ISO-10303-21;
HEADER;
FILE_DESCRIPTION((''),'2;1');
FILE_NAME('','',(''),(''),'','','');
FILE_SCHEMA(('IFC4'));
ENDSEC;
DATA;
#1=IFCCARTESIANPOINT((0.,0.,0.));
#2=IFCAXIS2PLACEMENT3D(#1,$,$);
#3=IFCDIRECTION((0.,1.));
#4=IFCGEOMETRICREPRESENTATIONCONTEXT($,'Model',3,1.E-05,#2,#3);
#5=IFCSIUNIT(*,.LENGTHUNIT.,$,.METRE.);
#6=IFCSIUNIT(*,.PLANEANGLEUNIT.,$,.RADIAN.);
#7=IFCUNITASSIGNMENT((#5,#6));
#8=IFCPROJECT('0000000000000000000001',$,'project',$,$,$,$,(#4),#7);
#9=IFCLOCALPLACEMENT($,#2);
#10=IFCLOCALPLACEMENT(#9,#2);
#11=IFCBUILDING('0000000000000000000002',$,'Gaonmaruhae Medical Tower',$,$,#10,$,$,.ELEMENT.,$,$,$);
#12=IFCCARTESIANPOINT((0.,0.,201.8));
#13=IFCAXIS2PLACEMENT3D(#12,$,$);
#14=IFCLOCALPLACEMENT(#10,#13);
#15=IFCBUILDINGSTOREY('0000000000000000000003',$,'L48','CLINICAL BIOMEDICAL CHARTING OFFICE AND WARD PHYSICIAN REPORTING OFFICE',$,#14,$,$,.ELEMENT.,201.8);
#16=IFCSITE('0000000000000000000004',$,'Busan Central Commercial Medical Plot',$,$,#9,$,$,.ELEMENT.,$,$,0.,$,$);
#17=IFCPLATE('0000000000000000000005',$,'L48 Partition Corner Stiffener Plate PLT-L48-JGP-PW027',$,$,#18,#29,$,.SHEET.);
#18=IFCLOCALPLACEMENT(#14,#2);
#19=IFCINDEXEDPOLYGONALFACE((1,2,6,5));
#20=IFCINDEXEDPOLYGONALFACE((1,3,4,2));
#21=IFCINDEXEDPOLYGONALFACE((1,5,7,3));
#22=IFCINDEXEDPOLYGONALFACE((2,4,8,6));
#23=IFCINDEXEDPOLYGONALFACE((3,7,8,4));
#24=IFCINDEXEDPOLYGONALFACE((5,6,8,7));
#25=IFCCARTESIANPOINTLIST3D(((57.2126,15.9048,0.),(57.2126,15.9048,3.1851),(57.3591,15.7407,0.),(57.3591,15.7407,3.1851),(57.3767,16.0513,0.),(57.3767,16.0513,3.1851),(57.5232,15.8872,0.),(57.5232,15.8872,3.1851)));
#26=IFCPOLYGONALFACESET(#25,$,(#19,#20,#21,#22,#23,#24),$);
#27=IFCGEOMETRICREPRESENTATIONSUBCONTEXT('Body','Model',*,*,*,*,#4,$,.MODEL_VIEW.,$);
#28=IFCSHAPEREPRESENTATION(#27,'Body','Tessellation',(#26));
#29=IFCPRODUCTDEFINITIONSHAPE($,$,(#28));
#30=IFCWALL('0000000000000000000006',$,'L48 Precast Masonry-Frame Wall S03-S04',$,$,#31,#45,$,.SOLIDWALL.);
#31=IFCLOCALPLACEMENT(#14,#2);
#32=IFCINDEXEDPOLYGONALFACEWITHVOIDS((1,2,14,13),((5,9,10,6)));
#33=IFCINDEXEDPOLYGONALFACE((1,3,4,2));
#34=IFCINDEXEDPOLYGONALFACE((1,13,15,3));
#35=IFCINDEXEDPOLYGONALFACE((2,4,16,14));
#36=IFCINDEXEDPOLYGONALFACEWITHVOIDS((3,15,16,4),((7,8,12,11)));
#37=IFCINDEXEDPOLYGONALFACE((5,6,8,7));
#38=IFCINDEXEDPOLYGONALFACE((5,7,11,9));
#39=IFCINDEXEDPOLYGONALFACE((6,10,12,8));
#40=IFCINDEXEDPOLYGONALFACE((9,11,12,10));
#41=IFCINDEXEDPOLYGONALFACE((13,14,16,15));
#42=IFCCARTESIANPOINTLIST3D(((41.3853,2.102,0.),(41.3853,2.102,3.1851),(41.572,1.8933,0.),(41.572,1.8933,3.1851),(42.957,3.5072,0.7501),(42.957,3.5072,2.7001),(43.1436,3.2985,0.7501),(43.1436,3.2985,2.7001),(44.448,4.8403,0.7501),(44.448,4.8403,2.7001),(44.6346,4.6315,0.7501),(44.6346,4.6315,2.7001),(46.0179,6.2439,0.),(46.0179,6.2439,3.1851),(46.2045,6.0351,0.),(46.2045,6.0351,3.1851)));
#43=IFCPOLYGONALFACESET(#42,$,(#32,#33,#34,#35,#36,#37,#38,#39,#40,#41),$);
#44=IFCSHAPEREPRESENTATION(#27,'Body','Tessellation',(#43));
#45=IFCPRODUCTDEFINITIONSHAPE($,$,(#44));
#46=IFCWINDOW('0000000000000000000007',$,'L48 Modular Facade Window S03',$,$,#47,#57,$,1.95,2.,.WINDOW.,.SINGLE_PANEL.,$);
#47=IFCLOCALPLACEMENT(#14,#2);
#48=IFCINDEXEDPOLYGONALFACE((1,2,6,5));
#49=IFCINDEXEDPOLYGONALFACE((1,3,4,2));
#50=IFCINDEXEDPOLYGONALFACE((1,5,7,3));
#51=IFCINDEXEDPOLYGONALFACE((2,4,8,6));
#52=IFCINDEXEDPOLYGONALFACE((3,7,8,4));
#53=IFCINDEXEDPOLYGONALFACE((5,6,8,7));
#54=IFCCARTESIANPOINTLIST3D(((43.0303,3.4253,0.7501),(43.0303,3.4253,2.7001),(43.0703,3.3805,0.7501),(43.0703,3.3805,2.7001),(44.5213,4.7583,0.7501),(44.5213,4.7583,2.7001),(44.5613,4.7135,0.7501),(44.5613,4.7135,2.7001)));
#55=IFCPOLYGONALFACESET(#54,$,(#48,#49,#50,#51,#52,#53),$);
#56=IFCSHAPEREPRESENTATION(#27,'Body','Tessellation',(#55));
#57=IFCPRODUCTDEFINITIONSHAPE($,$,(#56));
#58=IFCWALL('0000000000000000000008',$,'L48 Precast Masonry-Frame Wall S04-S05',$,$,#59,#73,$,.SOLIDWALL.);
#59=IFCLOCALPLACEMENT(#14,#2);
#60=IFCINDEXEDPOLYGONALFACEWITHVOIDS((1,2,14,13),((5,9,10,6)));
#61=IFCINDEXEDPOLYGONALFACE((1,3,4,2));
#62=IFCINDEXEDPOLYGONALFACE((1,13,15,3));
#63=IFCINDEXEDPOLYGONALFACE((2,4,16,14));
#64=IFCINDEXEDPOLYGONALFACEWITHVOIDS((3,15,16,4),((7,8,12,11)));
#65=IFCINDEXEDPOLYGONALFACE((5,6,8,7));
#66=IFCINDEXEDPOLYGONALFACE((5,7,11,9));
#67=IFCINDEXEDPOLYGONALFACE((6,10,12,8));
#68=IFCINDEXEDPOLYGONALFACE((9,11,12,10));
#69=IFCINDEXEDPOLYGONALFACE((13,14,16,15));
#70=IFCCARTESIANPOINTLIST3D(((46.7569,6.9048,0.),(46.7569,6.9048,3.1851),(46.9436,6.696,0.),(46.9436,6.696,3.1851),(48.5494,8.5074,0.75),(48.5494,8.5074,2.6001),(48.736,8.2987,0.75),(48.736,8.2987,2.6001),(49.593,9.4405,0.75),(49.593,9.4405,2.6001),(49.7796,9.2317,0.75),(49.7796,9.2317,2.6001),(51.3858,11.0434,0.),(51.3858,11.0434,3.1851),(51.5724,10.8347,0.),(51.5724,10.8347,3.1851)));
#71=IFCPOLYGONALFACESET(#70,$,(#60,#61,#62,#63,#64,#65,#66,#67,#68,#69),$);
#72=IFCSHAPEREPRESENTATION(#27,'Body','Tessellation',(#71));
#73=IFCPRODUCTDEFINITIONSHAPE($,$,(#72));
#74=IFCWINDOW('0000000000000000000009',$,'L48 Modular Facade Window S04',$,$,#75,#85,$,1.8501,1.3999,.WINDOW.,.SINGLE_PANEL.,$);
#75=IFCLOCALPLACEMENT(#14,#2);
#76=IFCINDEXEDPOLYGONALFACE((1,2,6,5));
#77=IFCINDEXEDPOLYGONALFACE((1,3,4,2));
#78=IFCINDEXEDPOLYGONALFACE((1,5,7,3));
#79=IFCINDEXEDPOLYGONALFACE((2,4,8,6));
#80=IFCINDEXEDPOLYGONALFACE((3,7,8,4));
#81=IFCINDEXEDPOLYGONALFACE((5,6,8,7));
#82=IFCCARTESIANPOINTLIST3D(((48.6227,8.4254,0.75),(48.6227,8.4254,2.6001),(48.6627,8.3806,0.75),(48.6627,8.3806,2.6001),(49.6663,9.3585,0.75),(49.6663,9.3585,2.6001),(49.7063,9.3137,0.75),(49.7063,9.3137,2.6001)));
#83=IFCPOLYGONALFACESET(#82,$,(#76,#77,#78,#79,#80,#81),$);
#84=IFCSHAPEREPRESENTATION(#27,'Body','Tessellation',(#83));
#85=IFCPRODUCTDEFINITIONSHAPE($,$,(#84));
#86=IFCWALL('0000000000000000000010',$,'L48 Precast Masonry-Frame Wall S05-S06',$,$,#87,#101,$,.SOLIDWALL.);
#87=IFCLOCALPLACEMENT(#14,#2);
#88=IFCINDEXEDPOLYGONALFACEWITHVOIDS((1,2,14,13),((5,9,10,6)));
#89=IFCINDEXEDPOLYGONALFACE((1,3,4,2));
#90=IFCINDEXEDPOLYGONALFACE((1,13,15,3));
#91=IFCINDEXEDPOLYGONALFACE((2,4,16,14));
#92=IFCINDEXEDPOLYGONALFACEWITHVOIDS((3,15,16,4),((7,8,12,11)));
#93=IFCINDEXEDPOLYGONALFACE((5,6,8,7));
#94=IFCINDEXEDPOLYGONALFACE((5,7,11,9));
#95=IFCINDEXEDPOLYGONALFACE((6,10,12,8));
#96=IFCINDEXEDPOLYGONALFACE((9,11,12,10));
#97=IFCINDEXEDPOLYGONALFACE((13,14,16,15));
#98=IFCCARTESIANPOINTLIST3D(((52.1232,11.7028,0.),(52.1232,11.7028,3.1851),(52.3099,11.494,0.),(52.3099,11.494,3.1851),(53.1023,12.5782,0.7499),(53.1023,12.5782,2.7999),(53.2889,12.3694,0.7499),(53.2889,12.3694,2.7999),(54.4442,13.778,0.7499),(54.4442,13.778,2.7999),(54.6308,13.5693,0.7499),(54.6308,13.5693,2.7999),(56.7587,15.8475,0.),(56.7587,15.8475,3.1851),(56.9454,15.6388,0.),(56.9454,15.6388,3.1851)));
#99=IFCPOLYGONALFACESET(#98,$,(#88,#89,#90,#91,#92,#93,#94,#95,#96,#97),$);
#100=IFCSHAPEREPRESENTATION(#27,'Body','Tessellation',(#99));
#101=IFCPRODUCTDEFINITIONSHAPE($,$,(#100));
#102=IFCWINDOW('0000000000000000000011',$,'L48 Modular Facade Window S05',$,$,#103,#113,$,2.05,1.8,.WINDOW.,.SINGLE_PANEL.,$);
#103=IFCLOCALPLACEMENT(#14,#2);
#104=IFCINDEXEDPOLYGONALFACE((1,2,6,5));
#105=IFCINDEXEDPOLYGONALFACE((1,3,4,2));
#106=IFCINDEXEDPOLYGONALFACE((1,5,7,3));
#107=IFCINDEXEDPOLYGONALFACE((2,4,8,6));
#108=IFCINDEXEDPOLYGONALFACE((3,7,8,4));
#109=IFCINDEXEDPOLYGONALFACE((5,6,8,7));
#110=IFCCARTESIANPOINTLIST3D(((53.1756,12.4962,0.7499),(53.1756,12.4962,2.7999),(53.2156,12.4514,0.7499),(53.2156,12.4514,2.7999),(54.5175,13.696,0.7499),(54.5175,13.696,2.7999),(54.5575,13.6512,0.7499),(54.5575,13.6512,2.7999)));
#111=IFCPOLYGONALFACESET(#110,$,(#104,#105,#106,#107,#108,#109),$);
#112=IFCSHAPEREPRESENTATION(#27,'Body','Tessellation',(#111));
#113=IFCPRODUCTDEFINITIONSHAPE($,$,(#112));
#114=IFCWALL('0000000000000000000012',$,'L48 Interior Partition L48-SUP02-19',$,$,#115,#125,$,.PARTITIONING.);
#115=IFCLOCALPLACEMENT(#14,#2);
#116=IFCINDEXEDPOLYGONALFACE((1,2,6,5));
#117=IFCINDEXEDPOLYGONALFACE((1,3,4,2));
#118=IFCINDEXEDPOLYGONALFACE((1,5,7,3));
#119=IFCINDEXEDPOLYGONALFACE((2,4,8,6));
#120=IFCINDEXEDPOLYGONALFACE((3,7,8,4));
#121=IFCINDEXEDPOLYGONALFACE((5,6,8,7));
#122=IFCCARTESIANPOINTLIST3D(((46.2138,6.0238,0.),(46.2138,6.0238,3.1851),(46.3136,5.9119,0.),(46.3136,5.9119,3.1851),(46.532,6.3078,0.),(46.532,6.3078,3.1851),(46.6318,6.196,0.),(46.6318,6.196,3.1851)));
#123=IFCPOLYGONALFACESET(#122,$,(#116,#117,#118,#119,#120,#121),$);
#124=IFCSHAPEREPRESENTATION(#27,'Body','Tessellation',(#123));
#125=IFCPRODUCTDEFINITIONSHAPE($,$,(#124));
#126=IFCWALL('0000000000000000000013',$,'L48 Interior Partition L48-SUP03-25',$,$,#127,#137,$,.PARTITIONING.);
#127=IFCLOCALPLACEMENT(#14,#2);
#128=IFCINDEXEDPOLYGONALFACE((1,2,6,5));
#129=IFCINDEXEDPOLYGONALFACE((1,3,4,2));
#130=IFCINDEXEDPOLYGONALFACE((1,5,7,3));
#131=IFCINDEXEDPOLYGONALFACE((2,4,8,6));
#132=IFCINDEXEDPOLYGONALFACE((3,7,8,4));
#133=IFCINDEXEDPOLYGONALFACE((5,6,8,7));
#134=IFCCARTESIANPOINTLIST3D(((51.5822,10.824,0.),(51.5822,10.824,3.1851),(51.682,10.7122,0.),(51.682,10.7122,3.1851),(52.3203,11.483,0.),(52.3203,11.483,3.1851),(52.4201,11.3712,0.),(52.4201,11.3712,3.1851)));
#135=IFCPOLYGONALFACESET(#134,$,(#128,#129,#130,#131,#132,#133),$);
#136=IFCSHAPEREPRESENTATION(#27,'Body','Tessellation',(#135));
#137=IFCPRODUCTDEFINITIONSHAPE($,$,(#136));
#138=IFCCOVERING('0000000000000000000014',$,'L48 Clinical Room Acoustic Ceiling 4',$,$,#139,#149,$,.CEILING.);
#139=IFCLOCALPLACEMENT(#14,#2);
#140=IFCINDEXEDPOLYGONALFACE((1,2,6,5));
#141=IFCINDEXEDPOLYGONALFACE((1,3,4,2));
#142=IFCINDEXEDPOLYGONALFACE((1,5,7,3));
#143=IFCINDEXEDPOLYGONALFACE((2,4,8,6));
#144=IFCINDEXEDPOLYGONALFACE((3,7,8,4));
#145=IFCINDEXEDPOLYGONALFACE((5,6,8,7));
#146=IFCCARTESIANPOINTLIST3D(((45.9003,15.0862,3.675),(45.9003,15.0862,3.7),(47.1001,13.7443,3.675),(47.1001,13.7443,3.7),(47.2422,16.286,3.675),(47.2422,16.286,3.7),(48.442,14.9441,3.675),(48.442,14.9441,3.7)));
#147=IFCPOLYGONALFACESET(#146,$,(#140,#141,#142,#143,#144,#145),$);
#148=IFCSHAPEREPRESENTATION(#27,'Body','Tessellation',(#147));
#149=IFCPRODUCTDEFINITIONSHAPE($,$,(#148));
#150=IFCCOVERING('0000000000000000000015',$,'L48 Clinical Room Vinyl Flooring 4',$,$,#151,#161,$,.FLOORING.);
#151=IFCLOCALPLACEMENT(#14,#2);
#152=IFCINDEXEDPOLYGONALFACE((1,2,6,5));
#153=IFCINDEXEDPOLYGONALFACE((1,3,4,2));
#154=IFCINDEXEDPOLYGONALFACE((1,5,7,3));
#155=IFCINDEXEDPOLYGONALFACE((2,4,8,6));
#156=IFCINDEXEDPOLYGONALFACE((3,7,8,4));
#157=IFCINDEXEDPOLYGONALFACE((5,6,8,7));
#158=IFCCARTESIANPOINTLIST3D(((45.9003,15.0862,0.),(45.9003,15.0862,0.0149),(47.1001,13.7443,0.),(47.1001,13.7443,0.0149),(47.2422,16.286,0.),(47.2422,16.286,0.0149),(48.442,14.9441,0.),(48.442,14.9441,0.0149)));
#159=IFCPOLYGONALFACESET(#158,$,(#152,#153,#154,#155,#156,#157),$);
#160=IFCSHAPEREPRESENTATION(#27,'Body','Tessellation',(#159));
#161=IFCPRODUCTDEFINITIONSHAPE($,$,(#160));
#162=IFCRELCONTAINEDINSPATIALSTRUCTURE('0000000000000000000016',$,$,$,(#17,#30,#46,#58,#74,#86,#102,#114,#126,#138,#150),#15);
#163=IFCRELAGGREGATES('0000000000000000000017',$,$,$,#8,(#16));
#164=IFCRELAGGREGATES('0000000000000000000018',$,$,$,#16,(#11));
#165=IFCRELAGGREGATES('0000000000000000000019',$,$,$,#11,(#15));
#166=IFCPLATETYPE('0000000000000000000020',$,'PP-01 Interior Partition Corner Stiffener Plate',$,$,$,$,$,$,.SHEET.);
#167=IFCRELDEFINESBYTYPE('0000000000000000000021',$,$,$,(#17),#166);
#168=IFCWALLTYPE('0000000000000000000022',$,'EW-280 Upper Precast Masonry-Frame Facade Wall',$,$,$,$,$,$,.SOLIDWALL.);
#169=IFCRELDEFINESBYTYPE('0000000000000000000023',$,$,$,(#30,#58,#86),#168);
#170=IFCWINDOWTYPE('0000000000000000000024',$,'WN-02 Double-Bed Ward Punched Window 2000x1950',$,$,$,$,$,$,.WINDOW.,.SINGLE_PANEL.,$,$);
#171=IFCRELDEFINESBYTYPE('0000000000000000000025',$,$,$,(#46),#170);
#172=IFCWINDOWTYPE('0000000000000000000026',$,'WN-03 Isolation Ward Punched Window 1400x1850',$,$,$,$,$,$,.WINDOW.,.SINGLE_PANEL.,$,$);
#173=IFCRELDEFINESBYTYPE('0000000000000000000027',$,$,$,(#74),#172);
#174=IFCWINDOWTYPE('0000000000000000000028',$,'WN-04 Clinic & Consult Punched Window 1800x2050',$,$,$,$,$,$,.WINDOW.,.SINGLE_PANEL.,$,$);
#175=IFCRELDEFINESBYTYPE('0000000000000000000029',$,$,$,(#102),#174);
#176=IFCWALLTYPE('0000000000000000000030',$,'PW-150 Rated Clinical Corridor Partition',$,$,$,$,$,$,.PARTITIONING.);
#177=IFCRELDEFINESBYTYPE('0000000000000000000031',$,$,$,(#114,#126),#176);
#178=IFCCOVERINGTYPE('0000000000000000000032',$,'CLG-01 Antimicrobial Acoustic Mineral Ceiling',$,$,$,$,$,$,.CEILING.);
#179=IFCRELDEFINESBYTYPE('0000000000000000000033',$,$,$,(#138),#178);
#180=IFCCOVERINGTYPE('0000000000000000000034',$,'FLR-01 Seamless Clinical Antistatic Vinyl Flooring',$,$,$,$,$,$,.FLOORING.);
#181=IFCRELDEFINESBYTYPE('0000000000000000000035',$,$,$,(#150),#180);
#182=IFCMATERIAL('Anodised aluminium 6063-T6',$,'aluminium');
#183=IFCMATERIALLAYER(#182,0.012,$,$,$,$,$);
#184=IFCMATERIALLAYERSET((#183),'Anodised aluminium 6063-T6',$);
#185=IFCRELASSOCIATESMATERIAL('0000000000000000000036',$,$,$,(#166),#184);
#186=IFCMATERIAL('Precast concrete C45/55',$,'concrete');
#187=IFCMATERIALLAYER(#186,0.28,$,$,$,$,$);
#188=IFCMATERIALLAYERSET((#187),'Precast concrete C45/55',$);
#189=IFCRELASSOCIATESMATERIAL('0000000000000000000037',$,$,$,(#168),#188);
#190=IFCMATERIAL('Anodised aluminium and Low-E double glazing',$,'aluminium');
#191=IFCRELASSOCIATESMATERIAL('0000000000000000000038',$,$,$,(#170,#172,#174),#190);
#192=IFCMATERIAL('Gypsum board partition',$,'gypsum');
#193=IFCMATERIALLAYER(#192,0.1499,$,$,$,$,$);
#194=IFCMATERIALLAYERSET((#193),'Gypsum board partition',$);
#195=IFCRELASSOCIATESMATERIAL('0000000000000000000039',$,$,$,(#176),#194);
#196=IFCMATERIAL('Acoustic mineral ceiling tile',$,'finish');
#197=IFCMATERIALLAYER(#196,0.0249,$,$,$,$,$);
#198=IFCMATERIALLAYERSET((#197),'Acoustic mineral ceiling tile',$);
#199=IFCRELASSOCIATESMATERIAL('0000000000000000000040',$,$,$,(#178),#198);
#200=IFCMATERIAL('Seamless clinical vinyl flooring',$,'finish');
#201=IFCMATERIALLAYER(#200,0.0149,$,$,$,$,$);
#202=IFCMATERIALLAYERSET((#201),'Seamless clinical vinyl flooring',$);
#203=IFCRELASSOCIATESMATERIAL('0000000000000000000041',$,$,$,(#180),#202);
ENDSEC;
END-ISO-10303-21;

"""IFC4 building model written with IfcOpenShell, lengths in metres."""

from ifc_helpers import new_model, si_unit, direction, frame, frame_2d, origin, origin_2d, place, context, subcontext, project, spatial, rectangle, extrude, material, layer, layer_set, type_object, element, fill, save


model = new_model("IFC4")

# Units and contexts
model_context = context("Model", 3, precision=1e-05, world=origin(), true_north=direction((0.0, 1.0)))
body_context = subcontext(model_context, "Body", "Model", "MODEL_VIEW")
ifc_project = project(units=[si_unit("LENGTHUNIT", "METRE"), si_unit("PLANEANGLEUNIT", "RADIAN")], contexts=[model_context])

# Site, building, storey
site_placement = place(None, origin())
site = spatial("IfcSite", under=ifc_project, at=site_placement, Name="Busan Central Commercial Medical Plot", CompositionType="ELEMENT", RefElevation=0.0)
building_placement = place(site_placement, origin())
building = spatial("IfcBuilding", under=site, at=building_placement, Name="Gaonmaruhae Medical Tower", CompositionType="ELEMENT")
storey_placement = place(building_placement, frame((0.0, 0.0, 201.8)))
storey = spatial("IfcBuildingStorey", under=building, at=storey_placement, Name="L48", Description="CLINICAL BIOMEDICAL CHARTING OFFICE AND WARD PHYSICIAN REPORTING OFFICE", CompositionType="ELEMENT", Elevation=201.8)

# Plate
ifc_material_1 = material(Name="Anodised aluminium 6063-T6", Category="aluminium")
ifc_layer_1 = layer(ifc_material_1, 0.012)
ifc_layer_set_1 = layer_set([ifc_layer_1], Name="Anodised aluminium 6063-T6")
plate_type = type_object("IfcPlateType", Name="PP-01 Interior Partition Corner Stiffener Plate", PredefinedType="SHEET", material=ifc_layer_set_1)
for number, where, z_axis, x_axis, name in (
    (1, (57.3679, 15.896, 0.0), (0.0, 0.0, 1.0), (-0.746046, -0.665895, 0.0), "L48 Partition Corner Stiffener Plate PLT-L48-JGP-PW027"),
):
    element("IfcPlate", number, at=place(storey_placement, frame(where, z_axis=z_axis, x_axis=x_axis)), inside=storey, type_object=plate_type, Name=name, PredefinedType="SHEET", context=body_context, shape_type="SweptSolid", body=[
        extrude(rectangle(XDim=0.22, YDim=0.22, at=origin_2d()), origin(), (0.0, 0.0, 1.0), 3.1851),
    ])

# Walls, openings, windows
ifc_material_2 = material(Name="Precast concrete C45/55", Category="concrete")
ifc_layer_2 = layer(ifc_material_2, 0.28)
ifc_layer_set_2 = layer_set([ifc_layer_2], Name="Precast concrete C45/55")
wall_type_1 = type_object("IfcWallType", Name="EW-280 Upper Precast Masonry-Frame Facade Wall", PredefinedType="SOLIDWALL", material=ifc_layer_set_2)
wall_1_placement = place(storey_placement, frame((46.1111, 6.1394, 0.0), z_axis=(0.0, 0.0, 1.0), x_axis=(-0.745488, -0.666519, 0.0)))
wall_1 = element("IfcWall", 2, at=wall_1_placement, inside=storey, type_object=wall_type_1, Name="L48 Precast Masonry-Frame Wall S03-S04", PredefinedType="SOLIDWALL", context=body_context, shape_type="SweptSolid", body=[
    extrude(rectangle(XDim=6.2141, YDim=0.28, at=frame_2d((3.1069, 0.0))), origin(), (0.0, 0.0, 1.0), 3.1851),
])
opening_1_placement = place(wall_1_placement, frame((2.1057, 0.0, 0.75)))
opening_1 = element("IfcOpeningElement", 3, at=opening_1_placement, cuts=wall_1, PredefinedType="OPENING", context=body_context, shape_type="SweptSolid", body=[
    extrude(rectangle(XDim=2.0, YDim=1.95, at=frame_2d((1.0, 0.9751))), frame((0.0, 0.1499, 0.0), z_axis=(0.0, -1.0, 0.0), x_axis=(1.0, 0.0, 0.0)), (0.0, 0.0, 1.0), 0.3),
])
ifc_material_3 = material(Name="Anodised aluminium and Low-E double glazing", Category="aluminium")
window_type_1 = type_object("IfcWindowType", Name="WN-02 Double-Bed Ward Punched Window 2000x1950", PartitioningType="SINGLE_PANEL", PredefinedType="WINDOW", material=ifc_material_3)
window_1_placement = place(opening_1_placement, origin())
window_1 = element("IfcWindow", 4, at=window_1_placement, inside=storey, type_object=window_type_1, Name="L48 Modular Facade Window S03", OverallHeight=1.95, OverallWidth=2.0, PartitioningType="SINGLE_PANEL", PredefinedType="WINDOW", context=body_context, shape_type="SweptSolid", body=[
    extrude(rectangle(XDim=2.0, YDim=1.95, at=frame_2d((1.0, 0.9751))), frame((0.0, 0.03, 0.0), z_axis=(0.0, -1.0, 0.0), x_axis=(1.0, 0.0, 0.0)), (0.0, 0.0, 1.0), 0.0601),
])
fill(opening_1, window_1)
wall_2_placement = place(storey_placement, frame((51.479, 10.939, 0.0), z_axis=(0.0, 0.0, 1.0), x_axis=(-0.74548, -0.666528, 0.0)))
wall_2 = element("IfcWall", 5, at=wall_2_placement, inside=storey, type_object=wall_type_1, Name="L48 Precast Masonry-Frame Wall S04-S05", PredefinedType="SOLIDWALL", context=body_context, shape_type="SweptSolid", body=[
    extrude(rectangle(XDim=6.2092, YDim=0.28, at=frame_2d((3.1045, 0.0))), origin(), (0.0, 0.0, 1.0), 3.1851),
])
opening_2_placement = place(wall_2_placement, frame((2.4048, 0.0, 0.75)))
opening_2 = element("IfcOpeningElement", 6, at=opening_2_placement, cuts=wall_2, PredefinedType="OPENING", context=body_context, shape_type="SweptSolid", body=[
    extrude(rectangle(XDim=1.3999, YDim=1.8501, at=frame_2d((0.7, 0.925))), frame((0.0, 0.1499, 0.0), z_axis=(0.0, -1.0, 0.0), x_axis=(1.0, 0.0, 0.0)), (0.0, 0.0, 1.0), 0.3),
])
window_type_2 = type_object("IfcWindowType", Name="WN-03 Isolation Ward Punched Window 1400x1850", PartitioningType="SINGLE_PANEL", PredefinedType="WINDOW", material=ifc_material_3)
window_2_placement = place(opening_2_placement, origin())
window_2 = element("IfcWindow", 7, at=window_2_placement, inside=storey, type_object=window_type_2, Name="L48 Modular Facade Window S04", OverallHeight=1.8501, OverallWidth=1.3999, PartitioningType="SINGLE_PANEL", PredefinedType="WINDOW", context=body_context, shape_type="SweptSolid", body=[
    extrude(rectangle(XDim=1.3999, YDim=1.8501, at=frame_2d((0.7, 0.925))), frame((0.0, 0.03, 0.0), z_axis=(0.0, -1.0, 0.0), x_axis=(1.0, 0.0, 0.0)), (0.0, 0.0, 1.0), 0.0601),
])
fill(opening_2, window_2)
wall_3_placement = place(storey_placement, frame((56.8521, 15.7432, 0.0), z_axis=(0.0, 0.0, 1.0), x_axis=(-0.745463, -0.666547, 0.0)))
wall_3 = element("IfcWall", 8, at=wall_3_placement, inside=storey, type_object=wall_type_1, Name="L48 Precast Masonry-Frame Wall S05-S06", PredefinedType="SOLIDWALL", context=body_context, shape_type="SweptSolid", body=[
    extrude(rectangle(XDim=6.2183, YDim=0.28, at=frame_2d((3.1091, 0.0))), origin(), (0.0, 0.0, 1.0), 3.1851),
])
opening_3_placement = place(wall_3_placement, frame((3.105, 0.0, 0.75)))
opening_3 = element("IfcOpeningElement", 9, at=opening_3_placement, cuts=wall_3, PredefinedType="OPENING", context=body_context, shape_type="SweptSolid", body=[
    extrude(rectangle(XDim=1.8, YDim=2.05, at=frame_2d((0.8999, 1.0249))), frame((0.0, 0.1499, 0.0), z_axis=(0.0, -1.0, 0.0), x_axis=(1.0, 0.0, 0.0)), (0.0, 0.0, 1.0), 0.3),
])
window_type_3 = type_object("IfcWindowType", Name="WN-04 Clinic & Consult Punched Window 1800x2050", PartitioningType="SINGLE_PANEL", PredefinedType="WINDOW", material=ifc_material_3)
window_3_placement = place(opening_3_placement, origin())
window_3 = element("IfcWindow", 10, at=window_3_placement, inside=storey, type_object=window_type_3, Name="L48 Modular Facade Window S05", OverallHeight=2.05, OverallWidth=1.8, PartitioningType="SINGLE_PANEL", PredefinedType="WINDOW", context=body_context, shape_type="SweptSolid", body=[
    extrude(rectangle(XDim=1.8, YDim=2.05, at=frame_2d((0.8999, 1.0249))), frame((0.0, 0.03, 0.0), z_axis=(0.0, -1.0, 0.0), x_axis=(1.0, 0.0, 0.0)), (0.0, 0.0, 1.0), 0.0601),
])
fill(opening_3, window_3)

# Walls
ifc_material_4 = material(Name="Gypsum board partition", Category="gypsum")
ifc_layer_3 = layer(ifc_material_4, 0.1499)
ifc_layer_set_3 = layer_set([ifc_layer_3], Name="Gypsum board partition")
wall_type_2 = type_object("IfcWallType", Name="PW-150 Rated Clinical Corridor Partition", PredefinedType="PARTITIONING", material=ifc_layer_set_3)
wall_4_placement = place(storey_placement, frame((46.582, 6.252, 0.0), z_axis=(0.0, 0.0, 1.0), x_axis=(-0.746049, -0.665891, 0.0)))
element("IfcWall", 11, at=wall_4_placement, inside=storey, type_object=wall_type_2, Name="L48 Interior Partition L48-SUP02-19", PredefinedType="PARTITIONING", context=body_context, shape_type="SweptSolid", body=[
    extrude(rectangle(XDim=0.4265, YDim=0.1499, at=frame_2d((0.2134, 0.0))), origin(), (0.0, 0.0, 1.0), 3.1851),
])
wall_5_placement = place(storey_placement, frame((52.3701, 11.427, 0.0), z_axis=(0.0, 0.0, 1.0), x_axis=(-0.745951, -0.666001, 0.0)))
element("IfcWall", 12, at=wall_5_placement, inside=storey, type_object=wall_type_2, Name="L48 Interior Partition L48-SUP03-25", PredefinedType="PARTITIONING", context=body_context, shape_type="SweptSolid", body=[
    extrude(rectangle(XDim=0.9895, YDim=0.1499, at=frame_2d((0.4946, 0.0))), origin(), (0.0, 0.0, 1.0), 3.1851),
])

# Coverings
ifc_material_5 = material(Name="Acoustic mineral ceiling tile", Category="finish")
ifc_layer_4 = layer(ifc_material_5, 0.0249)
ifc_layer_set_4 = layer_set([ifc_layer_4], Name="Acoustic mineral ceiling tile")
covering_type_1 = type_object("IfcCoveringType", Name="CLG-01 Antimicrobial Acoustic Mineral Ceiling", PredefinedType="CEILING", material=ifc_layer_set_4)
covering_1_placement = place(storey_placement, frame((47.1711, 15.0151, 3.675), z_axis=(0.0, 0.0, 1.0), x_axis=(0.745476, 0.666532, 0.0)))
element("IfcCovering", 13, at=covering_1_placement, inside=storey, type_object=covering_type_1, Name="L48 Clinical Room Acoustic Ceiling 4", PredefinedType="CEILING", context=body_context, shape_type="SweptSolid", body=[
    extrude(rectangle(XDim=1.8, YDim=1.8, at=origin_2d()), origin(), (0.0, 0.0, 1.0), 0.0249),
])
ifc_material_6 = material(Name="Seamless clinical vinyl flooring", Category="finish")
ifc_layer_5 = layer(ifc_material_6, 0.0149)
ifc_layer_set_5 = layer_set([ifc_layer_5], Name="Seamless clinical vinyl flooring")
covering_type_2 = type_object("IfcCoveringType", Name="FLR-01 Seamless Clinical Antistatic Vinyl Flooring", PredefinedType="FLOORING", material=ifc_layer_set_5)
covering_2_placement = place(storey_placement, frame((47.1711, 15.0151, 0.0), z_axis=(0.0, 0.0, 1.0), x_axis=(0.745476, 0.666532, 0.0)))
element("IfcCovering", 14, at=covering_2_placement, inside=storey, type_object=covering_type_2, Name="L48 Clinical Room Vinyl Flooring 4", PredefinedType="FLOORING", context=body_context, shape_type="SweptSolid", body=[
    extrude(rectangle(XDim=1.8, YDim=1.8, at=origin_2d()), origin(), (0.0, 0.0, 1.0), 0.0149),
])

save(model, "model.ifc")
